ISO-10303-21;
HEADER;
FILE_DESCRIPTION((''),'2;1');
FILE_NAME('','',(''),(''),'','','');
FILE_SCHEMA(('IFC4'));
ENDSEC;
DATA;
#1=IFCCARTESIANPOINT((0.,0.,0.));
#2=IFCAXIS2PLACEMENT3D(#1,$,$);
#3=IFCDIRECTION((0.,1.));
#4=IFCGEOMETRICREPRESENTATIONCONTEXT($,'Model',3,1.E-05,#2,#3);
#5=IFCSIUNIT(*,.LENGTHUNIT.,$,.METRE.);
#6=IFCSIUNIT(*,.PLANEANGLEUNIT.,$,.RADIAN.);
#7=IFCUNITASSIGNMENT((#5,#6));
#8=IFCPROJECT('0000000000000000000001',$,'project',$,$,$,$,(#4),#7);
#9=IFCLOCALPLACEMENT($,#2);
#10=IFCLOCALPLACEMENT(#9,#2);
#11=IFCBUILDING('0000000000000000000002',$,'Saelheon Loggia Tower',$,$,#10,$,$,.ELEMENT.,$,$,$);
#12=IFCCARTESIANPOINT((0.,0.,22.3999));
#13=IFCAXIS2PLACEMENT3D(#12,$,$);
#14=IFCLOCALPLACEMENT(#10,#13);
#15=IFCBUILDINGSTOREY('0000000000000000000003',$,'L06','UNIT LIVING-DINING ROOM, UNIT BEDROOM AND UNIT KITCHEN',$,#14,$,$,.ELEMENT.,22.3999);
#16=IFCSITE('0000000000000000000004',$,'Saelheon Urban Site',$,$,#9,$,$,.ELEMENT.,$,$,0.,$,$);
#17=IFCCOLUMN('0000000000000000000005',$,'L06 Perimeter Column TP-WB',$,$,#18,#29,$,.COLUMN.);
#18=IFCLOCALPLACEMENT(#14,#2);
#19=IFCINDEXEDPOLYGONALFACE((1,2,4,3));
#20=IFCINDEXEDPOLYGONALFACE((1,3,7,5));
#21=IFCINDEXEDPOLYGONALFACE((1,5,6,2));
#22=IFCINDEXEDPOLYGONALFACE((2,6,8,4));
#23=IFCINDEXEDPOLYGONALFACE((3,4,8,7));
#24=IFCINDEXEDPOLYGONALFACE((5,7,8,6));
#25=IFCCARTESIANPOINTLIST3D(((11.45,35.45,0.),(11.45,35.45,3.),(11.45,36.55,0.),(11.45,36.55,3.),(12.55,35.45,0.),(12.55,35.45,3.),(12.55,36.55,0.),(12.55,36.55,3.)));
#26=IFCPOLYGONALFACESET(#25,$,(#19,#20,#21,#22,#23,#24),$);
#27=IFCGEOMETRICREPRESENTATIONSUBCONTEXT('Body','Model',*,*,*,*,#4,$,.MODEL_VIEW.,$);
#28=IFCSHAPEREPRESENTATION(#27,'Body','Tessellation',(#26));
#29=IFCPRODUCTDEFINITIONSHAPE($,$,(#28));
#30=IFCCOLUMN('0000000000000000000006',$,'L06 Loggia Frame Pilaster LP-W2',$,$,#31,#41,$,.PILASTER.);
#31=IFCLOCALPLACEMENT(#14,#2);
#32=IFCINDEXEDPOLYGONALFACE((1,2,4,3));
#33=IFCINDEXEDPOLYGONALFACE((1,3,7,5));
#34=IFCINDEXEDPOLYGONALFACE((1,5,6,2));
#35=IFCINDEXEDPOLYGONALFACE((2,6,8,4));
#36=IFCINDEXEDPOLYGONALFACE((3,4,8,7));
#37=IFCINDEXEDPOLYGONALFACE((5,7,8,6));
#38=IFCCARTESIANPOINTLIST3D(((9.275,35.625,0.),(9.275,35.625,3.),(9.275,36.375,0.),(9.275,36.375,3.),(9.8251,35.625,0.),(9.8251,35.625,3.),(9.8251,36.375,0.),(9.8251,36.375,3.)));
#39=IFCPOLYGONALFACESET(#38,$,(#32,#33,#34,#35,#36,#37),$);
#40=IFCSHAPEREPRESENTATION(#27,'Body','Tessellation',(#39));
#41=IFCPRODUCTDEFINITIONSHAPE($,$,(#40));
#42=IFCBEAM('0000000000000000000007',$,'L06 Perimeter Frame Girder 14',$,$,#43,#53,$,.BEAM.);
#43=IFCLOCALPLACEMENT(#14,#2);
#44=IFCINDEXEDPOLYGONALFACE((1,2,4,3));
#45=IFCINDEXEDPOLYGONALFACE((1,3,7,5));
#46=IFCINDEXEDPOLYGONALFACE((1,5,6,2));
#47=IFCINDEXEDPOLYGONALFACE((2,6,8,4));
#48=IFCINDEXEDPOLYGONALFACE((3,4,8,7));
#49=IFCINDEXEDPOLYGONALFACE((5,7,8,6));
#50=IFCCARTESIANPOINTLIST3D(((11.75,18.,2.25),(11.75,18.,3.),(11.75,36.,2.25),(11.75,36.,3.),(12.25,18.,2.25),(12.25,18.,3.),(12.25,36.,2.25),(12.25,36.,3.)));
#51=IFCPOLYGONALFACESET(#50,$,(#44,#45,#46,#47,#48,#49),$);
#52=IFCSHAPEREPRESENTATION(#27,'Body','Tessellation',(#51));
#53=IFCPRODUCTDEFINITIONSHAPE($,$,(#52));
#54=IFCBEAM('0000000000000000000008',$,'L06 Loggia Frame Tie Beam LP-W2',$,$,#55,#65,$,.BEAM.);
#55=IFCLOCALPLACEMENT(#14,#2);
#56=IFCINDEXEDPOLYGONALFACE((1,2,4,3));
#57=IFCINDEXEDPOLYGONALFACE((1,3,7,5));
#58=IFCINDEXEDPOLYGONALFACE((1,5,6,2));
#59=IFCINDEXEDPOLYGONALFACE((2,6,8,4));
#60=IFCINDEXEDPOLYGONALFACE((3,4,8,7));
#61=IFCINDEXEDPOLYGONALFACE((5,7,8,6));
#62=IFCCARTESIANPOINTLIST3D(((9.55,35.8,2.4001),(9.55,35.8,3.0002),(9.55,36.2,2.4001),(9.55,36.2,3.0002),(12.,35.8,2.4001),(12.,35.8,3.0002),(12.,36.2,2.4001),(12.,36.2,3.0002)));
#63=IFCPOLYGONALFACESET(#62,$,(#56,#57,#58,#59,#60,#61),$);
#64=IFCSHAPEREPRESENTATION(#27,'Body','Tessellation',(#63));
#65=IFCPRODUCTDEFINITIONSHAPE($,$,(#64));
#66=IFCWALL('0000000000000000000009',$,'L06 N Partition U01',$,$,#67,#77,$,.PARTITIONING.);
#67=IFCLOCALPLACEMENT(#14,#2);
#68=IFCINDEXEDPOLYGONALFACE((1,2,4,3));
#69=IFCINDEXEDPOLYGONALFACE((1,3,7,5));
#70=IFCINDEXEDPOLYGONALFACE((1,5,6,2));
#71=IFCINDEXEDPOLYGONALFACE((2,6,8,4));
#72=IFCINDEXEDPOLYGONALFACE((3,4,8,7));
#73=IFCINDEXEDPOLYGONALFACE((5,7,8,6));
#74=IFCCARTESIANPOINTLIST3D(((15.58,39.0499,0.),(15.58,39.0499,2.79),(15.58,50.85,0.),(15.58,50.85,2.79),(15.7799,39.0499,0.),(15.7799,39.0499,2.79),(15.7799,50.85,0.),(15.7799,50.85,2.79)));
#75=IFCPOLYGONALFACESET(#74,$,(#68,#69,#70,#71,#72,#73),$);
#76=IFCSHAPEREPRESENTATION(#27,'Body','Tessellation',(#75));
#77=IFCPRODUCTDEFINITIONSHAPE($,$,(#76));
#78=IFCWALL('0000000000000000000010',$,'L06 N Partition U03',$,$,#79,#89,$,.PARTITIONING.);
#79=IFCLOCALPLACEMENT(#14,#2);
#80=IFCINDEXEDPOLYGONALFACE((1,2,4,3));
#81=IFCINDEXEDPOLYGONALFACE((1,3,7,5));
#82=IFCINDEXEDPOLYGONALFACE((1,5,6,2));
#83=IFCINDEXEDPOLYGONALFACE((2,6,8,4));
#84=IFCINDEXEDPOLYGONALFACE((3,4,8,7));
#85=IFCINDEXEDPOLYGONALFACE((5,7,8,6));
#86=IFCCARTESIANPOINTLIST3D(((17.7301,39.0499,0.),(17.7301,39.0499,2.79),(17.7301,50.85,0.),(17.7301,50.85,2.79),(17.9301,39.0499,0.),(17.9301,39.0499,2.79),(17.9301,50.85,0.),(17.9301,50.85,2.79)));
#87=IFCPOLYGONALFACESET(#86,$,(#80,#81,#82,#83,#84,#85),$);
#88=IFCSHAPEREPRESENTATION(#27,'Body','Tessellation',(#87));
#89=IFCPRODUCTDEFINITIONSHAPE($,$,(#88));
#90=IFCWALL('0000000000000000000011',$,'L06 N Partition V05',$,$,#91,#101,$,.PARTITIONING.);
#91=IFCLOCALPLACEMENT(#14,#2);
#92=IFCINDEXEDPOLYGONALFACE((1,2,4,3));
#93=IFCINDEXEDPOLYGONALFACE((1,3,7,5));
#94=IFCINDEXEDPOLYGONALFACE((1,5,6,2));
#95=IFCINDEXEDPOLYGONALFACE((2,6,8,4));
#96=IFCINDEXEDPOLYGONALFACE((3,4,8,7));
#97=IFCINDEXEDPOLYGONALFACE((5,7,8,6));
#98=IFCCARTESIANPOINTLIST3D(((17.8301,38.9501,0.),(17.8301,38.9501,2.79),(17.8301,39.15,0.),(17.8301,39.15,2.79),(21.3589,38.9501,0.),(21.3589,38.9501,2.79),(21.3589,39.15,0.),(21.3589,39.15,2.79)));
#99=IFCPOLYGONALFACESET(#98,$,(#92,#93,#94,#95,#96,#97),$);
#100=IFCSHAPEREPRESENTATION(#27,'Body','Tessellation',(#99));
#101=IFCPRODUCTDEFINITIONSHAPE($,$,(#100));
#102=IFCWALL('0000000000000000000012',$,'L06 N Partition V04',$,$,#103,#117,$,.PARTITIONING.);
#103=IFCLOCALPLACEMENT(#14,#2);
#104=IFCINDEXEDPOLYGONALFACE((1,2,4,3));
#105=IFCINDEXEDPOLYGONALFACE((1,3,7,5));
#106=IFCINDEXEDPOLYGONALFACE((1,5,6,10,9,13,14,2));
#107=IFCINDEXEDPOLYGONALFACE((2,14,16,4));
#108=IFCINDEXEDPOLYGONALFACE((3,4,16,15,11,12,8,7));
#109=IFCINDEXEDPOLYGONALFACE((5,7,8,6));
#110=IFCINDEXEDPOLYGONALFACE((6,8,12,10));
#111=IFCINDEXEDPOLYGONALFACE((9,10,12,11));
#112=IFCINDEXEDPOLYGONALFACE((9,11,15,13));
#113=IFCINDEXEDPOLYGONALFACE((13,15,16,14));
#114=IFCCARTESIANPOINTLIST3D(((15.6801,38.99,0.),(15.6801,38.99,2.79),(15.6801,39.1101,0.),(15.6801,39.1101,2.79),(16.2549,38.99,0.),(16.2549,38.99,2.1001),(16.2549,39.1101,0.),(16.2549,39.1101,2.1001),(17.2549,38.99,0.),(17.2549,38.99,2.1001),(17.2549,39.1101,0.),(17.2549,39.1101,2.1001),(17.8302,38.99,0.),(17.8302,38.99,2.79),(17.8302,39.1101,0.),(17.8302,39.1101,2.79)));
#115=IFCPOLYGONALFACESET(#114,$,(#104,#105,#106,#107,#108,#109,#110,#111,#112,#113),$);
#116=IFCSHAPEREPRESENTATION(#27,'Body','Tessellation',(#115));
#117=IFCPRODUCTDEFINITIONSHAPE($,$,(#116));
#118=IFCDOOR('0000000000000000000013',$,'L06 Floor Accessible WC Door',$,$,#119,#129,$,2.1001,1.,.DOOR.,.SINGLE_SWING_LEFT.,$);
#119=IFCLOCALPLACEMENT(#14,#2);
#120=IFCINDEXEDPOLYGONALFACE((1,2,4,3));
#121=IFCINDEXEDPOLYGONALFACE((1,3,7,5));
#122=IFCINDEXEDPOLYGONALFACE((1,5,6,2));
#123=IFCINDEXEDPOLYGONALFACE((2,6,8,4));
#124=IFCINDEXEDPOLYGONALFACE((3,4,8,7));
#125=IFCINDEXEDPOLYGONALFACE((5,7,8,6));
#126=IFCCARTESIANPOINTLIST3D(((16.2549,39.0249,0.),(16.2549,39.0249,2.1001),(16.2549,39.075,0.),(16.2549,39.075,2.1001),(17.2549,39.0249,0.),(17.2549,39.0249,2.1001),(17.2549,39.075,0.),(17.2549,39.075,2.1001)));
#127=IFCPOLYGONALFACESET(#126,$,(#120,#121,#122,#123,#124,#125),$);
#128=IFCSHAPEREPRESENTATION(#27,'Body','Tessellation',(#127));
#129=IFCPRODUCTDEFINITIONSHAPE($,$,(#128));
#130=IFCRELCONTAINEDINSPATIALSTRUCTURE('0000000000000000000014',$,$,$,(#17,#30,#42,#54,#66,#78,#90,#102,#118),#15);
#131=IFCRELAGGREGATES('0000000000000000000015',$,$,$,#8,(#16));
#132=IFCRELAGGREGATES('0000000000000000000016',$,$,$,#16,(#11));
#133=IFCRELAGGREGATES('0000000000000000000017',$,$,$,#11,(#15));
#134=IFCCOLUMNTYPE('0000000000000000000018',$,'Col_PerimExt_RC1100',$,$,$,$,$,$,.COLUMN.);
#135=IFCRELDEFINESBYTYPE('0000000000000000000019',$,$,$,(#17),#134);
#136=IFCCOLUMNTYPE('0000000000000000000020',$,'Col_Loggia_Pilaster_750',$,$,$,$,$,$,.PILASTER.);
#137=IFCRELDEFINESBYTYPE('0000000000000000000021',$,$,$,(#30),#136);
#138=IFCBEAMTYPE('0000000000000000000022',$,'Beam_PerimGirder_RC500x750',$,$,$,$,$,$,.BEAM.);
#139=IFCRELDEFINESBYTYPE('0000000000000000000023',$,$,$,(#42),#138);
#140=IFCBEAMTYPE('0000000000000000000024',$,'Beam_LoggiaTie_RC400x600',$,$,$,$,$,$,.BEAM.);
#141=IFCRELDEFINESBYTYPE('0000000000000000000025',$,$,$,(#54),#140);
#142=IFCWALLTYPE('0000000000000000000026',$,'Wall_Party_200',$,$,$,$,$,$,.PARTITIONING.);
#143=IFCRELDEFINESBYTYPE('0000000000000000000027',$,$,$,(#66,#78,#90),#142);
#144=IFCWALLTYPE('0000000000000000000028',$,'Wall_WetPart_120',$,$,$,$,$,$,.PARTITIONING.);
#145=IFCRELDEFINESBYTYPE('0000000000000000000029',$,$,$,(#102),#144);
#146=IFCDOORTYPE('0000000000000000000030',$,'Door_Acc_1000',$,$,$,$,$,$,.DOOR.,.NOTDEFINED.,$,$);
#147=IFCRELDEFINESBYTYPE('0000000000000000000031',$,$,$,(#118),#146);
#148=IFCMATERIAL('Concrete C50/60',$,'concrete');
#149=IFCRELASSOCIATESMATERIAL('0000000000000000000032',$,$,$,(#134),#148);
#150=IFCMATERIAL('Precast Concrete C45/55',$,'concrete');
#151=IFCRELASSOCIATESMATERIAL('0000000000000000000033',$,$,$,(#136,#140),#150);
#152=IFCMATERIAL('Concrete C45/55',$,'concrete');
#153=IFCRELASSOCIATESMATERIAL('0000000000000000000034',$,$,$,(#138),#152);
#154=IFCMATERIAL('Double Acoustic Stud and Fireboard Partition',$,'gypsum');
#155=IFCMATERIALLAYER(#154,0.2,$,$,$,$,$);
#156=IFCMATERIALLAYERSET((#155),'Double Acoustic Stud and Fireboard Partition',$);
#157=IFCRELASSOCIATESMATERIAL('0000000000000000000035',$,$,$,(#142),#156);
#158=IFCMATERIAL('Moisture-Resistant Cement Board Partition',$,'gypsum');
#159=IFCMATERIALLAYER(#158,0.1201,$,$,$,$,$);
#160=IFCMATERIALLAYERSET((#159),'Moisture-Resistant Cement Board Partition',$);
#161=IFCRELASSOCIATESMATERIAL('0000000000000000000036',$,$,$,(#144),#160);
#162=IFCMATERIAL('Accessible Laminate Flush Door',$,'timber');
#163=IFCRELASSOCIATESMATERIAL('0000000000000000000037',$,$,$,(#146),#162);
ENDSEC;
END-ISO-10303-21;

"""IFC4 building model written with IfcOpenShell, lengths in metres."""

from ifc_helpers import new_model, si_unit, direction, frame, frame_2d, origin, origin_2d, place, context, subcontext, project, spatial, rectangle, extrude, source, transform, mapped, material, layer, layer_set, material_profile, profile_set, type_object, element, fill, save


model = new_model("IFC4")

# Units and contexts
model_context = context("Model", 3, precision=1e-05, world=origin(), true_north=direction((0.0, 1.0)))
body_context = subcontext(model_context, "Body", "Model", "MODEL_VIEW")
ifc_project = project(units=[si_unit("LENGTHUNIT", "METRE"), si_unit("PLANEANGLEUNIT", "RADIAN")], contexts=[model_context])

# Site, building, storey
site_placement = place(None, origin())
site = spatial("IfcSite", under=ifc_project, at=site_placement, Name="Saelheon Urban Site", CompositionType="ELEMENT", RefElevation=0.0)
building_placement = place(site_placement, origin())
building = spatial("IfcBuilding", under=site, at=building_placement, Name="Saelheon Loggia Tower", CompositionType="ELEMENT")
storey_placement = place(building_placement, frame((0.0, 0.0, 22.3999)))
storey = spatial("IfcBuildingStorey", under=building, at=storey_placement, Name="L06", Description="UNIT LIVING-DINING ROOM, UNIT BEDROOM AND UNIT KITCHEN", CompositionType="ELEMENT", Elevation=22.3999)

# Columns
ifc_material_1 = material(Name="Concrete C50/60", Category="concrete")
ifc_material_profile_1 = material_profile(ifc_material_1, rectangle(XDim=1.1001, YDim=1.1001, at=origin_2d()), Name="RC-1100x1100")
ifc_profile_set_1 = profile_set([ifc_material_profile_1], Name="Concrete C50/60")
column_type_1 = type_object("IfcColumnType", Name="Col_PerimExt_RC1100", PredefinedType="COLUMN", material=ifc_profile_set_1)
shared_shape_1 = source(origin(), body_context, "Body", "SweptSolid", [
    extrude(rectangle(XDim=1.1001, YDim=1.1001, at=origin_2d()), origin(), (0.0, 0.0, 1.0), 3.0),
])
column_1_placement = place(storey_placement, frame((12.0, 36.0, 0.0), z_axis=(0.0, 0.0, 1.0), x_axis=(1.0, 0.0, 0.0)))
element("IfcColumn", 1, at=column_1_placement, inside=storey, type_object=column_type_1, Name="L06 Perimeter Column TP-WB", PredefinedType="COLUMN", context=body_context, shape_type="MappedRepresentation", body=[
    mapped(shared_shape_1, transform((0.0, 0.0, 0.0), scale=1.0)),
])
ifc_material_2 = material(Name="Precast Concrete C45/55", Category="concrete")
ifc_material_profile_2 = material_profile(ifc_material_2, rectangle(XDim=0.55, YDim=0.75, at=origin_2d()), Name="RC-550x750")
ifc_profile_set_2 = profile_set([ifc_material_profile_2], Name="Precast Concrete C45/55")
column_type_2 = type_object("IfcColumnType", Name="Col_Loggia_Pilaster_750", PredefinedType="PILASTER", material=ifc_profile_set_2)
shared_shape_2 = source(origin(), body_context, "Body", "SweptSolid", [
    extrude(rectangle(XDim=0.55, YDim=0.75, at=origin_2d()), origin(), (0.0, 0.0, 1.0), 3.0),
])
column_2_placement = place(storey_placement, frame((9.55, 36.0, 0.0), z_axis=(0.0, 0.0, 1.0), x_axis=(1.0, 0.0, 0.0)))
element("IfcColumn", 2, at=column_2_placement, inside=storey, type_object=column_type_2, Name="L06 Loggia Frame Pilaster LP-W2", PredefinedType="PILASTER", context=body_context, shape_type="MappedRepresentation", body=[
    mapped(shared_shape_2, transform((0.0, 0.0, 0.0), scale=1.0)),
])

# Beams
ifc_material_3 = material(Name="Concrete C45/55", Category="concrete")
ifc_material_profile_3 = material_profile(ifc_material_3, rectangle(XDim=0.5, YDim=0.75, at=origin_2d()), Name="RC-500x750")
ifc_profile_set_3 = profile_set([ifc_material_profile_3], Name="Concrete C45/55")
beam_type_1 = type_object("IfcBeamType", Name="Beam_PerimGirder_RC500x750", PredefinedType="BEAM", material=ifc_profile_set_3)
shared_shape_3 = source(origin(), body_context, "Body", "SweptSolid", [
    extrude(rectangle(XDim=0.5, YDim=0.75, at=origin_2d()), origin(), (0.0, 0.0, 1.0), 18.0),
])
beam_1_placement = place(storey_placement, frame((12.0, 36.0, 2.625), z_axis=(0.0, -1.0, 0.0), x_axis=(1.0, 0.0, 0.0)))
element("IfcBeam", 3, at=beam_1_placement, inside=storey, type_object=beam_type_1, Name="L06 Perimeter Frame Girder 14", PredefinedType="BEAM", context=body_context, shape_type="MappedRepresentation", body=[
    mapped(shared_shape_3, transform((0.0, 0.0, 0.0), scale=1.0)),
])
ifc_material_profile_4 = material_profile(ifc_material_2, rectangle(XDim=0.3999, YDim=0.6001, at=origin_2d()), Name="RC-400x600")
ifc_profile_set_4 = profile_set([ifc_material_profile_4], Name="Precast Concrete C45/55")
beam_type_2 = type_object("IfcBeamType", Name="Beam_LoggiaTie_RC400x600", PredefinedType="BEAM", material=ifc_profile_set_4)
shared_shape_4 = source(origin(), body_context, "Body", "SweptSolid", [
    extrude(rectangle(XDim=0.3999, YDim=0.6001, at=origin_2d()), origin(), (0.0, 0.0, 1.0), 2.45),
])
beam_2_placement = place(storey_placement, frame((12.0, 36.0, 2.7002), z_axis=(-1.0, 0.0, 0.0), x_axis=(0.0, -1.0, 0.0)))
element("IfcBeam", 4, at=beam_2_placement, inside=storey, type_object=beam_type_2, Name="L06 Loggia Frame Tie Beam LP-W2", PredefinedType="BEAM", context=body_context, shape_type="MappedRepresentation", body=[
    mapped(shared_shape_4, transform((0.0, 0.0, 0.0), scale=1.0)),
])

# Walls
ifc_material_4 = material(Name="Double Acoustic Stud and Fireboard Partition", Category="gypsum")
ifc_layer_1 = layer(ifc_material_4, 0.2)
ifc_layer_set_1 = layer_set([ifc_layer_1], Name="Double Acoustic Stud and Fireboard Partition")
wall_type_1 = type_object("IfcWallType", Name="Wall_Party_200", PredefinedType="PARTITIONING", material=ifc_layer_set_1)
for number, where, z_axis, x_axis, name in (
    (5, (15.6799, 39.05, 0.0), (0.0, 0.0, 1.0), (0.0, 1.0, 0.0), "L06 N Partition U01"),
    (6, (17.8301, 39.05, 0.0), (0.0, 0.0, 1.0), (0.0, 1.0, 0.0), "L06 N Partition U03"),
):
    element("IfcWall", number, at=place(storey_placement, frame(where, z_axis=z_axis, x_axis=x_axis)), inside=storey, type_object=wall_type_1, Name=name, PredefinedType="PARTITIONING", context=body_context, shape_type="SweptSolid", body=[
        extrude(rectangle(XDim=11.8, YDim=0.2, at=frame_2d((5.8999, 0.0))), origin(), (0.0, 0.0, 1.0), 2.79),
    ])
wall_1_placement = place(storey_placement, frame((17.8301, 39.05, 0.0), z_axis=(0.0, 0.0, 1.0), x_axis=(1.0, 0.0, 0.0)))
element("IfcWall", 7, at=wall_1_placement, inside=storey, type_object=wall_type_1, Name="L06 N Partition V05", PredefinedType="PARTITIONING", context=body_context, shape_type="SweptSolid", body=[
    extrude(rectangle(XDim=3.5288, YDim=0.2, at=frame_2d((1.7644, 0.0))), origin(), (0.0, 0.0, 1.0), 2.79),
])

# Wall, opening, door
ifc_material_5 = material(Name="Moisture-Resistant Cement Board Partition", Category="gypsum")
ifc_layer_2 = layer(ifc_material_5, 0.1201)
ifc_layer_set_2 = layer_set([ifc_layer_2], Name="Moisture-Resistant Cement Board Partition")
wall_type_2 = type_object("IfcWallType", Name="Wall_WetPart_120", PredefinedType="PARTITIONING", material=ifc_layer_set_2)
wall_2_placement = place(storey_placement, frame((15.6799, 39.05, 0.0), z_axis=(0.0, 0.0, 1.0), x_axis=(1.0, 0.0, 0.0)))
wall_2 = element("IfcWall", 8, at=wall_2_placement, inside=storey, type_object=wall_type_2, Name="L06 N Partition V04", PredefinedType="PARTITIONING", context=body_context, shape_type="SweptSolid", body=[
    extrude(rectangle(XDim=2.1501, YDim=0.1201, at=frame_2d((1.0752, 0.0))), origin(), (0.0, 0.0, 1.0), 2.79),
])
opening_1_placement = place(wall_2_placement, frame((0.575, 0.0, 0.0)))
opening_1 = element("IfcOpeningElement", 9, at=opening_1_placement, cuts=wall_2, PredefinedType="OPENING", context=body_context, shape_type="SweptSolid", body=[
    extrude(rectangle(XDim=1.0, YDim=2.1001, at=frame_2d((0.5, 1.05))), frame((0.0, 0.072, 0.0), z_axis=(0.0, -1.0, 0.0), x_axis=(1.0, 0.0, 0.0)), (0.0, 0.0, 1.0), 0.144),
])
ifc_material_6 = material(Name="Accessible Laminate Flush Door", Category="timber")
door_type_1 = type_object("IfcDoorType", Name="Door_Acc_1000", OperationType="NOTDEFINED", PredefinedType="DOOR", material=ifc_material_6)
shared_shape_5 = source(origin(), body_context, "Body", "SweptSolid", [
    extrude(rectangle(XDim=1.0, YDim=2.1001, at=frame_2d((0.5, 1.05))), frame((0.0, 0.0249, 0.0), z_axis=(0.0, -1.0, 0.0), x_axis=(1.0, 0.0, 0.0)), (0.0, 0.0, 1.0), 0.05),
])
door_1_placement = place(opening_1_placement, origin())
door_1 = element("IfcDoor", 10, at=door_1_placement, inside=storey, type_object=door_type_1, Name="L06 Floor Accessible WC Door", OperationType="SINGLE_SWING_LEFT", OverallHeight=2.1001, OverallWidth=1.0, PredefinedType="DOOR", context=body_context, shape_type="MappedRepresentation", body=[
    mapped(shared_shape_5, transform((0.0, 0.0, 0.0), scale=1.0)),
])
fill(opening_1, door_1)

save(model, "model.ifc")
